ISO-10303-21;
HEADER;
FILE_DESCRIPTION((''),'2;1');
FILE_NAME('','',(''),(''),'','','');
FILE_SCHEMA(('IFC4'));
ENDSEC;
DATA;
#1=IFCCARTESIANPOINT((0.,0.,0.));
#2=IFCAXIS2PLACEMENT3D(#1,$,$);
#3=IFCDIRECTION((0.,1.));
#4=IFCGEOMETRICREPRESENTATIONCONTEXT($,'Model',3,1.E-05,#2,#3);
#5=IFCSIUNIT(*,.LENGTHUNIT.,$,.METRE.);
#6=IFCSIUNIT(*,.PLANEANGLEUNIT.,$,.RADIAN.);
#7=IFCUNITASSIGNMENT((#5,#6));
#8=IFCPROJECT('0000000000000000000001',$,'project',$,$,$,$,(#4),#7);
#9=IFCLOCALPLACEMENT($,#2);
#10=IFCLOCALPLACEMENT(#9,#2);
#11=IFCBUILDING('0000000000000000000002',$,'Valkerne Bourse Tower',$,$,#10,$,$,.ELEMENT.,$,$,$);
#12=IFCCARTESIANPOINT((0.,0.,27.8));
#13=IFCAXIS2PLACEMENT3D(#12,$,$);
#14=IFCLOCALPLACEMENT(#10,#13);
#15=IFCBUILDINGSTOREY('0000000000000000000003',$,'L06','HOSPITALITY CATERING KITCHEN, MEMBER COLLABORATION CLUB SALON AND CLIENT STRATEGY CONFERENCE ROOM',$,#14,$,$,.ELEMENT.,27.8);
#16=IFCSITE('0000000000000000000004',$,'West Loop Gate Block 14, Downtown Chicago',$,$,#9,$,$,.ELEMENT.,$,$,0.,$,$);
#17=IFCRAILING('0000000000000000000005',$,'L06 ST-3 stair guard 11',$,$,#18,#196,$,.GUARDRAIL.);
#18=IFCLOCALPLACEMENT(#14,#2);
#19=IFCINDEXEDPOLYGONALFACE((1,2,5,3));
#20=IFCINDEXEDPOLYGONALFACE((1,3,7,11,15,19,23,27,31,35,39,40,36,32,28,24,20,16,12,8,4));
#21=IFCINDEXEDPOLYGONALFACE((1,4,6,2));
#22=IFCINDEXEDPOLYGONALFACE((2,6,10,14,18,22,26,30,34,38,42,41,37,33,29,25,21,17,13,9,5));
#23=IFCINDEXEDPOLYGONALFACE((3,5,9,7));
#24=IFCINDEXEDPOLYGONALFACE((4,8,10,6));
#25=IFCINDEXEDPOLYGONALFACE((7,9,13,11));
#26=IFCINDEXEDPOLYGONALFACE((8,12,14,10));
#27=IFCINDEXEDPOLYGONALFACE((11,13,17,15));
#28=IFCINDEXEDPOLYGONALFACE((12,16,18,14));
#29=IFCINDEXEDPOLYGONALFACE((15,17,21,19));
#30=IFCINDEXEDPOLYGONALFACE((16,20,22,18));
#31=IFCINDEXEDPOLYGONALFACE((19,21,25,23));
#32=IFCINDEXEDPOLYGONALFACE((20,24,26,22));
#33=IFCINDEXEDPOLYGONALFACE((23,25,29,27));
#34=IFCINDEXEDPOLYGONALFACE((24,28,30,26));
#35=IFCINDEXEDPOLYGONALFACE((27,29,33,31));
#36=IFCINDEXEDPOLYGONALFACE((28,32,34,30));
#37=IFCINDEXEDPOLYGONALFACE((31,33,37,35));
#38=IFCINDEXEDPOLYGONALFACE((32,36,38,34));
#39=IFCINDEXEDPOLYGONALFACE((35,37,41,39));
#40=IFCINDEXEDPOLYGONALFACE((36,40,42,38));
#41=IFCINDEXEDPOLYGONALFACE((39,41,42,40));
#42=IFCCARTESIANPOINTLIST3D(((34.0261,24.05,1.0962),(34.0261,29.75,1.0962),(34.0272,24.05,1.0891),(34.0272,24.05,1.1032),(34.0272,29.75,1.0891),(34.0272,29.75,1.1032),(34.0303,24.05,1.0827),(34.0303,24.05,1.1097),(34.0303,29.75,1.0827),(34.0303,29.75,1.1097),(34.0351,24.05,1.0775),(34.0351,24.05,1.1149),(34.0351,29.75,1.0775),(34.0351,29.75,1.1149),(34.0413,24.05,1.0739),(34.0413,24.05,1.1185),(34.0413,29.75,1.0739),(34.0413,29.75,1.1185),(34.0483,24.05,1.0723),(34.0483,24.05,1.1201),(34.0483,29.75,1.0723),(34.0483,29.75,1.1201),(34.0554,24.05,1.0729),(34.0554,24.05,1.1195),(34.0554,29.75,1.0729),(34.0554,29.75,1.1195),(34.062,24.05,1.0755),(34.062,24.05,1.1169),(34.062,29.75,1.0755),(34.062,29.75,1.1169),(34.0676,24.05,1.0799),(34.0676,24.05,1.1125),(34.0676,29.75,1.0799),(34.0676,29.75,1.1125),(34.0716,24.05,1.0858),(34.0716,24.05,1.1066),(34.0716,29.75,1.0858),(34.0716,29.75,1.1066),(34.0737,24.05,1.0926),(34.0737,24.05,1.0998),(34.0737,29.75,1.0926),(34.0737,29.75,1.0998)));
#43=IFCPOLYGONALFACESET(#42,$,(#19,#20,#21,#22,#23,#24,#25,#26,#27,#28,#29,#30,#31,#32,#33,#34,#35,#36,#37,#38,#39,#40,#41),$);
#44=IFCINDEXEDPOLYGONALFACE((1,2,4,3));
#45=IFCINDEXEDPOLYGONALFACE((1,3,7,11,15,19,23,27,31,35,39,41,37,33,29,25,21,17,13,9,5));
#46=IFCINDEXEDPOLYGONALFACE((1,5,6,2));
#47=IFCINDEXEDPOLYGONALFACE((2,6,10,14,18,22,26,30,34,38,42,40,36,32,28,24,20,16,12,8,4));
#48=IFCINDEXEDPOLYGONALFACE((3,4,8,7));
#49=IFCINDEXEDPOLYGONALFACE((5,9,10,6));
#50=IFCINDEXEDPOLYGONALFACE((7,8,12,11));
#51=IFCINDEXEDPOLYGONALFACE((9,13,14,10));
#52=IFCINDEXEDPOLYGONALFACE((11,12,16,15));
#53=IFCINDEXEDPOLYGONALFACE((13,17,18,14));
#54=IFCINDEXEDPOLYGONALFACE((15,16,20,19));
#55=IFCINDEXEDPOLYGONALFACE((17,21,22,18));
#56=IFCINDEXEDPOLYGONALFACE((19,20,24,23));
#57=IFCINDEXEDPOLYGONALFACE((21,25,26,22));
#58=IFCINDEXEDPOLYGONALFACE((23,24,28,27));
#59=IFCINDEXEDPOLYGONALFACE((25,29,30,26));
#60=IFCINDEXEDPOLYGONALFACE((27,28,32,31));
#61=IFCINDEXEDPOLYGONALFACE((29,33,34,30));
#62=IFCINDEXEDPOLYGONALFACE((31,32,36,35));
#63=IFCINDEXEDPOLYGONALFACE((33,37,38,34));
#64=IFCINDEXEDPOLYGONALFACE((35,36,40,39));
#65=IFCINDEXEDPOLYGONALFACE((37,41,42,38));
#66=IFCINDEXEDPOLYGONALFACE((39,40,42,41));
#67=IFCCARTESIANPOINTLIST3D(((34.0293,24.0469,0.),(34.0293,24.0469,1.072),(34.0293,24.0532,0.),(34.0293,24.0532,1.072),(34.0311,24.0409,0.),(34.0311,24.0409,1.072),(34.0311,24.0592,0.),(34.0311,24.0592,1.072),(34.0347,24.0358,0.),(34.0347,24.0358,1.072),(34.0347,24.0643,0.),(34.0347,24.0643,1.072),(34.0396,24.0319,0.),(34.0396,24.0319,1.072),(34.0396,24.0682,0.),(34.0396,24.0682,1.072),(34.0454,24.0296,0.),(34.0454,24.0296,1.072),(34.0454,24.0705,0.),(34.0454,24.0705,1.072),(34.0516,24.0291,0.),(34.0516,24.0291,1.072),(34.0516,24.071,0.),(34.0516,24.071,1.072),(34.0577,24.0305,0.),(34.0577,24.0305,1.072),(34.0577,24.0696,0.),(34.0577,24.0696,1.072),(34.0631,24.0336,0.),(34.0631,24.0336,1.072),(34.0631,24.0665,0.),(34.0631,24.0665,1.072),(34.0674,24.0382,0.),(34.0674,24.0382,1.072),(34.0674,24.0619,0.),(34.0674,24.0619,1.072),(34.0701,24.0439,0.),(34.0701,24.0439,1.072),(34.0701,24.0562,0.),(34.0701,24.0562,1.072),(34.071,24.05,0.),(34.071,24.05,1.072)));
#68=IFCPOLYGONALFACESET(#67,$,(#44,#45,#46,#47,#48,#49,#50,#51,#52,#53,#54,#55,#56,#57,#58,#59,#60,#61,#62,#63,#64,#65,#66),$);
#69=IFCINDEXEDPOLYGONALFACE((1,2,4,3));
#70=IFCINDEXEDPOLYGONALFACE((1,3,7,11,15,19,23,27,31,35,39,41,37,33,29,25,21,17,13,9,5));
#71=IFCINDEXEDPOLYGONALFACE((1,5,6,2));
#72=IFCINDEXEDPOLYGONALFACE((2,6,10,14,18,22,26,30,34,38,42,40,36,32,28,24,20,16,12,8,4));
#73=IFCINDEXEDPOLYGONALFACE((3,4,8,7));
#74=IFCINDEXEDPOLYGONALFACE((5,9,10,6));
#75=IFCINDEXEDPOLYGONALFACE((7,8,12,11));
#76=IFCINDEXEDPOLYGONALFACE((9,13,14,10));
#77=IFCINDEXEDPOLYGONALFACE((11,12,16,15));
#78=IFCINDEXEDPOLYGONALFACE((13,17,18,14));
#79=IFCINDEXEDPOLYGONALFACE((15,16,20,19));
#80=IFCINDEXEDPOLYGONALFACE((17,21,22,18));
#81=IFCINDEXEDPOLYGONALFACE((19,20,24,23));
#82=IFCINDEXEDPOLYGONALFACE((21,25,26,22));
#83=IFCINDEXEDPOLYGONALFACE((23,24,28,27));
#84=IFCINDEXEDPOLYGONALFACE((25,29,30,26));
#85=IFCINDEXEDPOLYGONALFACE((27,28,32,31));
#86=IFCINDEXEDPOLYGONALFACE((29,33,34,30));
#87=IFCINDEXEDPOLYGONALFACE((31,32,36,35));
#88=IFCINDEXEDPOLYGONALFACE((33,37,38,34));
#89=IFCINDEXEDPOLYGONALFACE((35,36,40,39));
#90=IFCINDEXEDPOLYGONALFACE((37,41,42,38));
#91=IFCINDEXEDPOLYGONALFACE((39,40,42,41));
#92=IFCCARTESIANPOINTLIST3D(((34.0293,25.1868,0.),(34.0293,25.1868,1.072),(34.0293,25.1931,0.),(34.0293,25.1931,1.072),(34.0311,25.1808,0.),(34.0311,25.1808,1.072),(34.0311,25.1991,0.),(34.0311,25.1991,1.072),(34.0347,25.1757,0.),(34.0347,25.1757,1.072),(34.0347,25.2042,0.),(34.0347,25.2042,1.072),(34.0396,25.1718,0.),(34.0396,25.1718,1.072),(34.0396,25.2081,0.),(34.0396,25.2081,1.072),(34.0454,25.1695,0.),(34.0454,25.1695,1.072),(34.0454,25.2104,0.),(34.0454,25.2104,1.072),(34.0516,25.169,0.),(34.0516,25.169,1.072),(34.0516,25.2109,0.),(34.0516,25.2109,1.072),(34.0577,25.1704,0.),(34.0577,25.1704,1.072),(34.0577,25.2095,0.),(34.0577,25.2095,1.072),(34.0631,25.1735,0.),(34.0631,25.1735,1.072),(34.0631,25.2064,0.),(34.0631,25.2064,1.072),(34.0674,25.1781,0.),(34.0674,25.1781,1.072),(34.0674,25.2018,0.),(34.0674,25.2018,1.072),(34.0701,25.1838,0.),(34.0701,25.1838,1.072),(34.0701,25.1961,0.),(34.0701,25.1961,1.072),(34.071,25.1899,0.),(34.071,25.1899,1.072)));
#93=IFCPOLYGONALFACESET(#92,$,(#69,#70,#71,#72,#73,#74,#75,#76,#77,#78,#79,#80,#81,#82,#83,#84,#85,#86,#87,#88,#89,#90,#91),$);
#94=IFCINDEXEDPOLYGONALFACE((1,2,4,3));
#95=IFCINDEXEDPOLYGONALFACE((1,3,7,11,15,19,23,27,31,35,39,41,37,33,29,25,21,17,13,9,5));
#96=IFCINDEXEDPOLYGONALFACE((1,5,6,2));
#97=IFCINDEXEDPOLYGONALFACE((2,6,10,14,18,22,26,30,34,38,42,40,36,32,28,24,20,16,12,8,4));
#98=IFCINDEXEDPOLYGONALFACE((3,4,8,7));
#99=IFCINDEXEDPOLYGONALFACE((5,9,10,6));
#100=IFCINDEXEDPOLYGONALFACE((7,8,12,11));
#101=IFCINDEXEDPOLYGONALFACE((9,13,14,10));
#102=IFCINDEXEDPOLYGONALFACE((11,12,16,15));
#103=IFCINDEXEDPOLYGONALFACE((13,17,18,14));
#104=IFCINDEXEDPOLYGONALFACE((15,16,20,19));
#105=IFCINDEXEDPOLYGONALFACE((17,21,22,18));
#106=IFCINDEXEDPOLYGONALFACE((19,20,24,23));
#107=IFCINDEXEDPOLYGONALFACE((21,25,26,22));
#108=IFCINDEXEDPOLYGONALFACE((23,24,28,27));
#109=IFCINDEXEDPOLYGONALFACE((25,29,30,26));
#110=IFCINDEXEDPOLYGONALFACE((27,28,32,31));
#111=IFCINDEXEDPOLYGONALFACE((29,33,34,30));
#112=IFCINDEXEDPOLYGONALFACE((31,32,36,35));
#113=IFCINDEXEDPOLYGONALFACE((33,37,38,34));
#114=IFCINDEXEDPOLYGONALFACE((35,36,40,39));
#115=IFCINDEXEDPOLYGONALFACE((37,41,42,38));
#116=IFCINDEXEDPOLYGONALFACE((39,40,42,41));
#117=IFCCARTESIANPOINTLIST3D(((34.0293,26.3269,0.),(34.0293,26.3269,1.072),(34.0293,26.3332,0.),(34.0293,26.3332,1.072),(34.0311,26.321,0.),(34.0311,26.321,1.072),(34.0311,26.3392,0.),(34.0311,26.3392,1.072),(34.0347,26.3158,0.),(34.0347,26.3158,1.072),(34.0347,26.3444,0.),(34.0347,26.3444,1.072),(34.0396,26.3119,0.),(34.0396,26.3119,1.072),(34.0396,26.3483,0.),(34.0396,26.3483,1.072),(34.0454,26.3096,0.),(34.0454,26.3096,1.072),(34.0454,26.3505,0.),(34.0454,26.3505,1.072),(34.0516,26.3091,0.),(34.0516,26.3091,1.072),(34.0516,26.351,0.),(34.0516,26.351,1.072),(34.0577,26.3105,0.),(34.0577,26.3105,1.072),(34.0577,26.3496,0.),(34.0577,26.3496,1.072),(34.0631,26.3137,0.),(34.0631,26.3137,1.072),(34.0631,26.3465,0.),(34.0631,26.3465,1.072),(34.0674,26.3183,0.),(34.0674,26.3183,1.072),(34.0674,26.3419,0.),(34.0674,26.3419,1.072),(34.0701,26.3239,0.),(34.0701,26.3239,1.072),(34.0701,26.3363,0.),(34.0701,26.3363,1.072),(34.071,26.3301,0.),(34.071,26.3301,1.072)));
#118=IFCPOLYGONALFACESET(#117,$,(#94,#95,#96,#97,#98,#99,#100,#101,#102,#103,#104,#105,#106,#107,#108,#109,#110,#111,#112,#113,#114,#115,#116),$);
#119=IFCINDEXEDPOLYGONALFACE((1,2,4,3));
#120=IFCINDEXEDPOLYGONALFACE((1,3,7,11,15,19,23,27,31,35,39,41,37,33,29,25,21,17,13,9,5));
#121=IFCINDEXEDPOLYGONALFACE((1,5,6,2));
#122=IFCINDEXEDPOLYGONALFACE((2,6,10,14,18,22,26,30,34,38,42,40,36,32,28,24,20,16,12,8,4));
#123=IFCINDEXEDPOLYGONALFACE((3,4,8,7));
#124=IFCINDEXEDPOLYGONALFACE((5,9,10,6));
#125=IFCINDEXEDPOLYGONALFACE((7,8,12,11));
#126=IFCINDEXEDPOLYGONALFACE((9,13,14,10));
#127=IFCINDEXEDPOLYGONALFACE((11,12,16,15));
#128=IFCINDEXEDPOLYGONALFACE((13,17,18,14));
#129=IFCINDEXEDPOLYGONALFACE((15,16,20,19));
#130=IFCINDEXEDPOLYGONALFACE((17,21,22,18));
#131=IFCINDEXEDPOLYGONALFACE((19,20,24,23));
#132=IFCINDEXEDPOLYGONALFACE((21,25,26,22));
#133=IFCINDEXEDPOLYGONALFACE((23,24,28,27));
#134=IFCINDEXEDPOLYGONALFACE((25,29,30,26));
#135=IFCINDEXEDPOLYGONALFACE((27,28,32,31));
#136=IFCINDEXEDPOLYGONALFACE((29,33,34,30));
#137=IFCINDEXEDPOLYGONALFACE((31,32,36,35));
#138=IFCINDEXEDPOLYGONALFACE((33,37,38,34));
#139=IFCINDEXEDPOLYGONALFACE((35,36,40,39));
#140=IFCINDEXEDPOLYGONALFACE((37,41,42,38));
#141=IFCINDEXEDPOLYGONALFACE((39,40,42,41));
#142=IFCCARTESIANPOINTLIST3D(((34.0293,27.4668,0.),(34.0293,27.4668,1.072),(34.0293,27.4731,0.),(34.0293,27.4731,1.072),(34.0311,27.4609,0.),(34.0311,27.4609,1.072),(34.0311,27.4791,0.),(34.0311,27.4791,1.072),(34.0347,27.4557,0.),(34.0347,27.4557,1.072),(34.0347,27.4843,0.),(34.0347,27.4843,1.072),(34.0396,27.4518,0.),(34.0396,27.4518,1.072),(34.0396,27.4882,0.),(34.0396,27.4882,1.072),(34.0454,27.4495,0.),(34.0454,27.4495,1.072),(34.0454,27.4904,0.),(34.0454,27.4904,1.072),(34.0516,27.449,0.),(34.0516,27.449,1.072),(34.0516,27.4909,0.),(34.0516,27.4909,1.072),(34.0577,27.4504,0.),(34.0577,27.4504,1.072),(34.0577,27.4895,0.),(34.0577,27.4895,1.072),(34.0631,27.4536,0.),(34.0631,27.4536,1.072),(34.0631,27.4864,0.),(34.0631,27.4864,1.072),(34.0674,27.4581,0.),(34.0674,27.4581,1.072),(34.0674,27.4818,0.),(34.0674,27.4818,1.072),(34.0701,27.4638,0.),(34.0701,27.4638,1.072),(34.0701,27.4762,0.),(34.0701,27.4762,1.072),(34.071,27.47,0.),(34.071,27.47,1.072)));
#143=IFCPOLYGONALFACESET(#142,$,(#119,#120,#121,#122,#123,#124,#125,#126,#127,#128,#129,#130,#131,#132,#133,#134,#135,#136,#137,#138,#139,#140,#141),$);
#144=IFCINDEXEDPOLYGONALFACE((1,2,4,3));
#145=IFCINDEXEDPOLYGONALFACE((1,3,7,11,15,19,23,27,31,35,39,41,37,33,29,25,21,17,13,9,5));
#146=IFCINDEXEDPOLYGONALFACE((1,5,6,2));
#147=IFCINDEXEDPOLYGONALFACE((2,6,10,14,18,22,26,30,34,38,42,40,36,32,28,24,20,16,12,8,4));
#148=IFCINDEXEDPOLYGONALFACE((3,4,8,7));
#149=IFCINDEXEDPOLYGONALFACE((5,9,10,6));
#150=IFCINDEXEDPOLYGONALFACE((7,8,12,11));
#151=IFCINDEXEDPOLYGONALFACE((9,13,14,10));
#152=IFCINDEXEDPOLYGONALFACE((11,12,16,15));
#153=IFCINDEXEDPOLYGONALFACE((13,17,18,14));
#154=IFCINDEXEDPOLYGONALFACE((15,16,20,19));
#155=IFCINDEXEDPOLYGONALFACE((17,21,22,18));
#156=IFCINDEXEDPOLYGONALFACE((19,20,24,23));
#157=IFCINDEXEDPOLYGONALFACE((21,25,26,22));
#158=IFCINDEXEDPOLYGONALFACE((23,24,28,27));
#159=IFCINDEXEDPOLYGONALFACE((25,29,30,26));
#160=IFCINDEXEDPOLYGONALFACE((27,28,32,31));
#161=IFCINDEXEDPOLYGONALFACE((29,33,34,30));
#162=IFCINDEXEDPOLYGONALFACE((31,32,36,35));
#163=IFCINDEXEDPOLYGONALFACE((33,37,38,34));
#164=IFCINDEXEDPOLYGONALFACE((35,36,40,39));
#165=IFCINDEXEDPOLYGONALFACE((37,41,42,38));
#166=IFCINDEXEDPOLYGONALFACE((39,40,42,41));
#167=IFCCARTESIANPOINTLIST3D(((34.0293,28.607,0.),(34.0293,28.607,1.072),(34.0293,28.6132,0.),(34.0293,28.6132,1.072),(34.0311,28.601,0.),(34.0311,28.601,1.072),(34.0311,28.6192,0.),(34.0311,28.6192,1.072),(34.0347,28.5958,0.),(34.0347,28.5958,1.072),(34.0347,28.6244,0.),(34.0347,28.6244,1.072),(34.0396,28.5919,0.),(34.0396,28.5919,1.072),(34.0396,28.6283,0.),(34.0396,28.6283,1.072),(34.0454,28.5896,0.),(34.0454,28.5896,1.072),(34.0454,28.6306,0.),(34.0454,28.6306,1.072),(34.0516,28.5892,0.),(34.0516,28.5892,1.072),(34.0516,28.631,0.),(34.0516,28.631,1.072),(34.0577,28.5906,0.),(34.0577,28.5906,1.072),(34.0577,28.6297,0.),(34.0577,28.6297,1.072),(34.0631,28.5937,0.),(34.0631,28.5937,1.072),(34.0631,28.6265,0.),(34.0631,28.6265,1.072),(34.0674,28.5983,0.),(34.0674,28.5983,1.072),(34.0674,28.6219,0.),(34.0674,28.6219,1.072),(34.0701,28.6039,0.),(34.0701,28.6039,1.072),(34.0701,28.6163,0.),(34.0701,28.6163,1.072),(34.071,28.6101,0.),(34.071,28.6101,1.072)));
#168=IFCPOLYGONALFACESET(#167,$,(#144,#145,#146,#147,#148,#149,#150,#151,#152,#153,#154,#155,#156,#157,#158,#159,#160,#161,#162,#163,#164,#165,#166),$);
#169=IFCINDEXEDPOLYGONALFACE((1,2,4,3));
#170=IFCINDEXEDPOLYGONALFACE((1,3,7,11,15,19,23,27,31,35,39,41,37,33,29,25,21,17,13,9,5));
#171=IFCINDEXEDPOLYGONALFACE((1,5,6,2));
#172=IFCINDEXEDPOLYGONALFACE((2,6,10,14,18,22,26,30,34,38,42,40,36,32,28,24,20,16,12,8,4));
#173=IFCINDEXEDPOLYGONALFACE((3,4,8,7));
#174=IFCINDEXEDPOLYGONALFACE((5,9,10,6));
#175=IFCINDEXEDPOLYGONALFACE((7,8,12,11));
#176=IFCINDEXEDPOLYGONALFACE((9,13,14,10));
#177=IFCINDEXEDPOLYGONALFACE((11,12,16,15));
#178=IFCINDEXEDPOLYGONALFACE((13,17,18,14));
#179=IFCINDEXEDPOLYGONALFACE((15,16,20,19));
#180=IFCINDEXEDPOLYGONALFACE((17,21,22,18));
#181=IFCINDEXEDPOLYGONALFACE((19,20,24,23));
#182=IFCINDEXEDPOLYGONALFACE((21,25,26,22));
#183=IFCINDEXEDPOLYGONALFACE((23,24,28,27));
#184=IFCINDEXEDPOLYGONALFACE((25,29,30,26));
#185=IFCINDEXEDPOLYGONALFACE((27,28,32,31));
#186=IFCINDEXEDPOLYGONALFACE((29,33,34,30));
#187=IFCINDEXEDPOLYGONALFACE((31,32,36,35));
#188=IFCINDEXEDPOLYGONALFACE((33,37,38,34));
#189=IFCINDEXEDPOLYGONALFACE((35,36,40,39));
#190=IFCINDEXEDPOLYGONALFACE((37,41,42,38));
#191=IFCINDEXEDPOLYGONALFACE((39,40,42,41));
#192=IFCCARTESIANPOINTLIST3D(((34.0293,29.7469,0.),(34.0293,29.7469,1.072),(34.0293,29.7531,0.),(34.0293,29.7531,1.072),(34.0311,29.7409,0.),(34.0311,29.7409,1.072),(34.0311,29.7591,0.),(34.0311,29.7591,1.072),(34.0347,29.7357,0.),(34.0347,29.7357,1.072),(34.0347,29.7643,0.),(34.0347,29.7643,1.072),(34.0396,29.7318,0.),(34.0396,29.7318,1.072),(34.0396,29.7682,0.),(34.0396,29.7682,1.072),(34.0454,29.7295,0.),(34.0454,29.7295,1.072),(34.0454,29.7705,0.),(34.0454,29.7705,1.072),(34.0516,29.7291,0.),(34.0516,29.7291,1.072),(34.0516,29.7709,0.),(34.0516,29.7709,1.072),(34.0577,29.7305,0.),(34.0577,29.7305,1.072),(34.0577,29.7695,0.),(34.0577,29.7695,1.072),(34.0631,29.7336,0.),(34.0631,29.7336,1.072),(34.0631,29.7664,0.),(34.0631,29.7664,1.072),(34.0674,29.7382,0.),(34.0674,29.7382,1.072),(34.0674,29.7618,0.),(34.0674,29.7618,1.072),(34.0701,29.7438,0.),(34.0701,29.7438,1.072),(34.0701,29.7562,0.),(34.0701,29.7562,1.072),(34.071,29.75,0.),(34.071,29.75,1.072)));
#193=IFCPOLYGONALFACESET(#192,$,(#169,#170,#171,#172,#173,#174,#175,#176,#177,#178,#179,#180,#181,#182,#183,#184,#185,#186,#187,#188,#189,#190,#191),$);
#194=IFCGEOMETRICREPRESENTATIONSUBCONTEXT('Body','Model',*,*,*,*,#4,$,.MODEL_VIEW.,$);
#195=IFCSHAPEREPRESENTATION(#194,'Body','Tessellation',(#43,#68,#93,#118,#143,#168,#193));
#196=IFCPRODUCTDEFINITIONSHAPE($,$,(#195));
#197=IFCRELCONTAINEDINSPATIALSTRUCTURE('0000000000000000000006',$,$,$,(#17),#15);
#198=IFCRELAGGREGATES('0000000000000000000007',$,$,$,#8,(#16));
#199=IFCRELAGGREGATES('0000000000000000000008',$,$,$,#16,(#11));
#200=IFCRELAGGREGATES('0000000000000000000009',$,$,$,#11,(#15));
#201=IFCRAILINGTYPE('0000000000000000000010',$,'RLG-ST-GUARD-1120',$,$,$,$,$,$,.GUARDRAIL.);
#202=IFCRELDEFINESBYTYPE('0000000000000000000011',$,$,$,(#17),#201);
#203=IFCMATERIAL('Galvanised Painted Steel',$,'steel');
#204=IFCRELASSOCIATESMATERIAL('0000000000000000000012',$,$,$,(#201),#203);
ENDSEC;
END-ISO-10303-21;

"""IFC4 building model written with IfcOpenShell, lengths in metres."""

from ifc_helpers import new_model, si_unit, direction, frame, origin, origin_2d, place, context, subcontext, project, spatial, circle, extrude, material, type_object, element, save


model = new_model("IFC4")

# Units and contexts
model_context = context("Model", 3, precision=1e-05, world=origin(), true_north=direction((0.0, 1.0)))
body_context = subcontext(model_context, "Body", "Model", "MODEL_VIEW")
ifc_project = project(units=[si_unit("LENGTHUNIT", "METRE"), si_unit("PLANEANGLEUNIT", "RADIAN")], contexts=[model_context])

# Site, building, storey
site_placement = place(None, origin())
site = spatial("IfcSite", under=ifc_project, at=site_placement, Name="West Loop Gate Block 14, Downtown Chicago", CompositionType="ELEMENT", RefElevation=0.0)
building_placement = place(site_placement, origin())
building = spatial("IfcBuilding", under=site, at=building_placement, Name="Valkerne Bourse Tower", CompositionType="ELEMENT")
storey_placement = place(building_placement, frame((0.0, 0.0, 27.8)))
storey = spatial("IfcBuildingStorey", under=building, at=storey_placement, Name="L06", Description="HOSPITALITY CATERING KITCHEN, MEMBER COLLABORATION CLUB SALON AND CLIENT STRATEGY CONFERENCE ROOM", CompositionType="ELEMENT", Elevation=27.8)

# Shared definitions
ifc_material_1 = material(Name="Galvanised Painted Steel", Category="steel")

# Railing
railing_type_1 = type_object("IfcRailingType", Name="RLG-ST-GUARD-1120", PredefinedType="GUARDRAIL", material=ifc_material_1)
for number, where, name in (
    (1, (34.05, 24.05, 0.0), "L06 ST-3 stair guard 11"),
):
    element("IfcRailing", number, at=place(storey_placement, frame(where)), inside=storey, type_object=railing_type_1, Name=name, PredefinedType="GUARDRAIL", context=body_context, shape_type="SweptSolid", body=[
        extrude(circle(Radius=0.0239, at=origin_2d()), frame((0.0, 0.0, 1.0962), z_axis=(0.0, 1.0, 0.0), x_axis=(-1.0, 0.0, 0.0)), (0.0, 0.0, 1.0), 5.7),
        extrude(circle(Radius=0.021, at=origin_2d()), origin(), (0.0, 0.0, 1.0), 1.072),
        extrude(circle(Radius=0.021, at=origin_2d()), frame((0.0, 1.1399, 0.0)), (0.0, 0.0, 1.0), 1.072),
        extrude(circle(Radius=0.021, at=origin_2d()), frame((0.0, 2.28, 0.0)), (0.0, 0.0, 1.0), 1.072),
        extrude(circle(Radius=0.021, at=origin_2d()), frame((0.0, 3.4199, 0.0)), (0.0, 0.0, 1.0), 1.072),
        extrude(circle(Radius=0.021, at=origin_2d()), frame((0.0, 4.5601, 0.0)), (0.0, 0.0, 1.0), 1.072),
        extrude(circle(Radius=0.021, at=origin_2d()), frame((0.0, 5.7, 0.0)), (0.0, 0.0, 1.0), 1.072),
    ])

save(model, "model.ifc")
